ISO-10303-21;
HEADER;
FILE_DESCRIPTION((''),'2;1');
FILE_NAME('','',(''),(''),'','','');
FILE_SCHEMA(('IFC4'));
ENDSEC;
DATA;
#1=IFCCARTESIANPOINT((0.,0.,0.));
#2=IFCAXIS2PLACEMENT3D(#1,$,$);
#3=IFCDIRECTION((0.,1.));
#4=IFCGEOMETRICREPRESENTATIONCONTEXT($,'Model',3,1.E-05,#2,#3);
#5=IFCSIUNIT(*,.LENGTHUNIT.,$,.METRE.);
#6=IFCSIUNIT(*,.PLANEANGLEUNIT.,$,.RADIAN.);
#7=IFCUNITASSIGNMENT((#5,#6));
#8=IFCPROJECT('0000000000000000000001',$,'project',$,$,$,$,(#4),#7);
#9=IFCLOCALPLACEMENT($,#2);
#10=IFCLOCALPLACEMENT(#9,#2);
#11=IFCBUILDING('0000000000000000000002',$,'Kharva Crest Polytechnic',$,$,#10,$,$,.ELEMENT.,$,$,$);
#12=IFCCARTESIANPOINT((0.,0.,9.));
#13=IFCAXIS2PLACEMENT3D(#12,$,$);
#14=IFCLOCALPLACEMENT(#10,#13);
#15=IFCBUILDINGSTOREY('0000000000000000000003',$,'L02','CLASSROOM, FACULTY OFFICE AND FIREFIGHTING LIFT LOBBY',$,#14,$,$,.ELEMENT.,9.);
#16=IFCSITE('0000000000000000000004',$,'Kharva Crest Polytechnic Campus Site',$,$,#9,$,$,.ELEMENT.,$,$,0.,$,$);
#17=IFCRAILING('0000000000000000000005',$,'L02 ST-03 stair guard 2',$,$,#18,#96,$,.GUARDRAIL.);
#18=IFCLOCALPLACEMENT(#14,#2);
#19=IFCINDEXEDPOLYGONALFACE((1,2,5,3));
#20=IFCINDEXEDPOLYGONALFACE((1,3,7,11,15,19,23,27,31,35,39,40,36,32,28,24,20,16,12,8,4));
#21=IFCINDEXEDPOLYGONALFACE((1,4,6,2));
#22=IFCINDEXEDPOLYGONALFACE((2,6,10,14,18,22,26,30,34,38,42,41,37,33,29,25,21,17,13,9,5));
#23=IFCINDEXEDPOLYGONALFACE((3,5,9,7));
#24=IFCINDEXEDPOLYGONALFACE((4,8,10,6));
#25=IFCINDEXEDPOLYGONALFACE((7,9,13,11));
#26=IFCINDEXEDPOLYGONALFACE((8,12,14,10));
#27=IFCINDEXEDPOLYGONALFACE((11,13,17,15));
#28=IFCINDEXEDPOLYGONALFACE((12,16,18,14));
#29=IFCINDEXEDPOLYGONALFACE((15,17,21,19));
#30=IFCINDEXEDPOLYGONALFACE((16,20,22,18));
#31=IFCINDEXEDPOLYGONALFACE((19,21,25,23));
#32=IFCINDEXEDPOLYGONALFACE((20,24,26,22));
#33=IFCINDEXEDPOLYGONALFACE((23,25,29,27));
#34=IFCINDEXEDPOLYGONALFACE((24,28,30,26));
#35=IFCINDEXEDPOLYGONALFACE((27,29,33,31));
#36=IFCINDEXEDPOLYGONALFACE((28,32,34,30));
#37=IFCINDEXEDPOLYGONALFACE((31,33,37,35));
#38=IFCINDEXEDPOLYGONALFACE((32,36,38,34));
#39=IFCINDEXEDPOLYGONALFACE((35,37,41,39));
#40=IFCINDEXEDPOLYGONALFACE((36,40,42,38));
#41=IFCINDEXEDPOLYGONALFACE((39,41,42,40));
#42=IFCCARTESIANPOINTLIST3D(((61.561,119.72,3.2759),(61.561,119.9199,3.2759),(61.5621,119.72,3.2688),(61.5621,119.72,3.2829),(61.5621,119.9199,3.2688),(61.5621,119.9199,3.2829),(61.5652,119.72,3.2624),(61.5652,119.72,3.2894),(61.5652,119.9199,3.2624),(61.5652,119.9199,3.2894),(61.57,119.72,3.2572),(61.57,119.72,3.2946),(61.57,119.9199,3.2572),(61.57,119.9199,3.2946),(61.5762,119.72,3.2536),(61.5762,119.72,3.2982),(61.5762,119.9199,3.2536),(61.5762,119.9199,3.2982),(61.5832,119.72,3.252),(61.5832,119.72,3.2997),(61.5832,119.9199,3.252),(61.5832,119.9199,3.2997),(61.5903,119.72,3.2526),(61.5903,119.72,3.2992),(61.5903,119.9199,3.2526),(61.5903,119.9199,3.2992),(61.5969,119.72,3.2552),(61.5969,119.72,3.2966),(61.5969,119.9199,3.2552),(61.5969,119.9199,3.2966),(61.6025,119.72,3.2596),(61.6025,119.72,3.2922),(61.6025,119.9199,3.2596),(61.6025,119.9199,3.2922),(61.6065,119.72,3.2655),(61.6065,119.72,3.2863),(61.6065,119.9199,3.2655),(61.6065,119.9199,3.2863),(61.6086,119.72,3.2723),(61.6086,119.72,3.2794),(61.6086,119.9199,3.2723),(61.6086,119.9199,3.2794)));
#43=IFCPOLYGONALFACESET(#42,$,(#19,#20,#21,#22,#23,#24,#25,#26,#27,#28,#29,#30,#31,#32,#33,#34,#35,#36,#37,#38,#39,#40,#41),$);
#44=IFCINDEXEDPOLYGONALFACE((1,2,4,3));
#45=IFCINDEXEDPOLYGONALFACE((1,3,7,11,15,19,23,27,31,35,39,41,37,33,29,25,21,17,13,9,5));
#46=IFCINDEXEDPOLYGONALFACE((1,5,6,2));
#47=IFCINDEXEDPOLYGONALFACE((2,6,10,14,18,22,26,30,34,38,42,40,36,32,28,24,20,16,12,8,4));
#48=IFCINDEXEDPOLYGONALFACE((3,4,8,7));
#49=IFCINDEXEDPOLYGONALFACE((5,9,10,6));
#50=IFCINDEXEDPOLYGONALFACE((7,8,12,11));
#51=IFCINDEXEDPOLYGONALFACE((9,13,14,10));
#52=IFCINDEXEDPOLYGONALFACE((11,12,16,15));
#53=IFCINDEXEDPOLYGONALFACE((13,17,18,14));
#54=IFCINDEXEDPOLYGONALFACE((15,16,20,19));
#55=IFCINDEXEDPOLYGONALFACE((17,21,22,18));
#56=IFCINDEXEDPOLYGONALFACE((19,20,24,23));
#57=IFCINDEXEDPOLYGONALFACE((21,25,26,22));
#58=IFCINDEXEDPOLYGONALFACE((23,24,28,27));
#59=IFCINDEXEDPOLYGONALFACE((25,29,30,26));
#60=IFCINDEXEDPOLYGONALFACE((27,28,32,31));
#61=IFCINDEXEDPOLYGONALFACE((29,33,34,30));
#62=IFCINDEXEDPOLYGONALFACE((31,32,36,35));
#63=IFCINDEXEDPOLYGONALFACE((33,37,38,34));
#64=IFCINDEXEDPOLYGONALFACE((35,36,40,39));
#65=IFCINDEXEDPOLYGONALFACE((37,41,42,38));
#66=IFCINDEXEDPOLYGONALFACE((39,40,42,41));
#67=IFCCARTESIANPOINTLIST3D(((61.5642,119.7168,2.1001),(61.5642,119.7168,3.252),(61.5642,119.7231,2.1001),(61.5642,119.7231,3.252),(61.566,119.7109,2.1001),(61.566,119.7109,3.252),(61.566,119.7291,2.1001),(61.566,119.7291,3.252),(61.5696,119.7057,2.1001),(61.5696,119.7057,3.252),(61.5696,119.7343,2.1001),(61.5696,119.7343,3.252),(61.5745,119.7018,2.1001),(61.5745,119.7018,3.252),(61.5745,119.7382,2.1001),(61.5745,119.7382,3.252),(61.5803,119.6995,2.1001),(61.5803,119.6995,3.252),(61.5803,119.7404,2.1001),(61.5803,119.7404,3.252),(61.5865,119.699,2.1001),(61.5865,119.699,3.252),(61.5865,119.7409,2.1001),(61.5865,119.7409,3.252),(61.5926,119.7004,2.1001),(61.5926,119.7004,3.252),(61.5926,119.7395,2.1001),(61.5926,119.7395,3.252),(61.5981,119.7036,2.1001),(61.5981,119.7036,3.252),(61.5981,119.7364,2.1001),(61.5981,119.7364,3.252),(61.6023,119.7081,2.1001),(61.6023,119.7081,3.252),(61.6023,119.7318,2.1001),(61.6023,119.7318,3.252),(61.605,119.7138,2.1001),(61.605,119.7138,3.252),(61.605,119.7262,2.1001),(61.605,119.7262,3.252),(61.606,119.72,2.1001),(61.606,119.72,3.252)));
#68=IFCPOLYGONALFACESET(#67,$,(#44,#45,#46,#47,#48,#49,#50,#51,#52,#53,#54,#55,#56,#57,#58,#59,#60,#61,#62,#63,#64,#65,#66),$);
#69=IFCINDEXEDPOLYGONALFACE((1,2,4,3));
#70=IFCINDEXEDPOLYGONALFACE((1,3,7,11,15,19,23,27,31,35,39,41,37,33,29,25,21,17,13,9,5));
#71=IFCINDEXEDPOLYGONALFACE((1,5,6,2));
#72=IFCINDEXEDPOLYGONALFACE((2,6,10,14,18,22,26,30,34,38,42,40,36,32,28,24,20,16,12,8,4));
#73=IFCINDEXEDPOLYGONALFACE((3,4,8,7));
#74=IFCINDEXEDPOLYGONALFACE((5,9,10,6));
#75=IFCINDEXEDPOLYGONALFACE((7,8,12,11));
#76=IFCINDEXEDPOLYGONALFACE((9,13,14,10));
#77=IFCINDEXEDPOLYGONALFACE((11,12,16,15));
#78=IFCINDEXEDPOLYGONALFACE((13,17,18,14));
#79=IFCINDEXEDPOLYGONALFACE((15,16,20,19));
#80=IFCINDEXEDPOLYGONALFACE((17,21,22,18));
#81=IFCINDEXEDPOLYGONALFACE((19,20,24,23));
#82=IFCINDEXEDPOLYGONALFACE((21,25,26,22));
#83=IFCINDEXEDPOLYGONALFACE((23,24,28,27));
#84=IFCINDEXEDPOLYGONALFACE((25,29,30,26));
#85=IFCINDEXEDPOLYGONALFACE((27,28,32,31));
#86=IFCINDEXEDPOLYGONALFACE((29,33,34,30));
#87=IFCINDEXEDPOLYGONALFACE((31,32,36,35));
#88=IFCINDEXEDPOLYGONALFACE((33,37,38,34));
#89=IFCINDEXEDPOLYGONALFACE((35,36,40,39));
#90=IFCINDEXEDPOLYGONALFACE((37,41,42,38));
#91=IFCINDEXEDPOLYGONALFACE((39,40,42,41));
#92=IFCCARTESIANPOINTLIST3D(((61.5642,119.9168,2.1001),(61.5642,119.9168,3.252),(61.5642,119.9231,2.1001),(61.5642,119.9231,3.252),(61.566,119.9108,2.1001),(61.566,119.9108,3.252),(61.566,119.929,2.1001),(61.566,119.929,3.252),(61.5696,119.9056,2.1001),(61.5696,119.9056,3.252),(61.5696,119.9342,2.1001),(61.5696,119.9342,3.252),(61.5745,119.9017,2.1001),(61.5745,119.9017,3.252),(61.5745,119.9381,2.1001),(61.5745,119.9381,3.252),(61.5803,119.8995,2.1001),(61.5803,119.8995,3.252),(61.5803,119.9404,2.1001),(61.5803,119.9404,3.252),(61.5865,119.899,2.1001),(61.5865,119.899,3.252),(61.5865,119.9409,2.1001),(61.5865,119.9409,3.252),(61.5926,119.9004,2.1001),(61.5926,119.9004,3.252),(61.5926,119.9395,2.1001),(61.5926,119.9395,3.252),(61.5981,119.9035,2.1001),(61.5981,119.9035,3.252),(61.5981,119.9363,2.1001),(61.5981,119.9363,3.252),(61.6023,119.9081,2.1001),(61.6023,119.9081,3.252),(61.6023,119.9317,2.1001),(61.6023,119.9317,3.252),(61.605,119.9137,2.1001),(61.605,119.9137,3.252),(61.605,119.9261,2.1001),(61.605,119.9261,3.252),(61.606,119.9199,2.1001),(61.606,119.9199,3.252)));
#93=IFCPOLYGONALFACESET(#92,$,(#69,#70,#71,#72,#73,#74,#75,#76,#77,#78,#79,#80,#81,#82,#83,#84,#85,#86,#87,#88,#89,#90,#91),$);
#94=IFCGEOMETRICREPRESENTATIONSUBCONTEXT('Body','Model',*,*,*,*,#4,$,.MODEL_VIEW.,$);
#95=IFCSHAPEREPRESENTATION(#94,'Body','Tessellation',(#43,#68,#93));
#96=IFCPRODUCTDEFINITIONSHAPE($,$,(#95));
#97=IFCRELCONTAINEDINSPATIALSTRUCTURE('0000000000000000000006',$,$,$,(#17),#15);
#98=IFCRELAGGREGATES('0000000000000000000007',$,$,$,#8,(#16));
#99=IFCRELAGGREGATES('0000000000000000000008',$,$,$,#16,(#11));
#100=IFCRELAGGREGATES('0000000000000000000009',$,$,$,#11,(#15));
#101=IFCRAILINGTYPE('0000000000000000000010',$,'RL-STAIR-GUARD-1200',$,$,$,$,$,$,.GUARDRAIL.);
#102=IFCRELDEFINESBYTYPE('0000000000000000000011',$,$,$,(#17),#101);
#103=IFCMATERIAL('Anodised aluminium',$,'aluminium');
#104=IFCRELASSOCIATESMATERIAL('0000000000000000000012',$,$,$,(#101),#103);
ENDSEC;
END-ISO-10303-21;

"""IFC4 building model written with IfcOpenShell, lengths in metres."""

from ifc_helpers import new_model, si_unit, direction, frame, origin, origin_2d, place, context, subcontext, project, spatial, circle, extrude, material, type_object, element, save


model = new_model("IFC4")

# Units and contexts
model_context = context("Model", 3, precision=1e-05, world=origin(), true_north=direction((0.0, 1.0)))
body_context = subcontext(model_context, "Body", "Model", "MODEL_VIEW")
ifc_project = project(units=[si_unit("LENGTHUNIT", "METRE"), si_unit("PLANEANGLEUNIT", "RADIAN")], contexts=[model_context])

# Site, building, storey
site_placement = place(None, origin())
site = spatial("IfcSite", under=ifc_project, at=site_placement, Name="Kharva Crest Polytechnic Campus Site", CompositionType="ELEMENT", RefElevation=0.0)
building_placement = place(site_placement, origin())
building = spatial("IfcBuilding", under=site, at=building_placement, Name="Kharva Crest Polytechnic", CompositionType="ELEMENT")
storey_placement = place(building_placement, frame((0.0, 0.0, 9.0)))
storey = spatial("IfcBuildingStorey", under=building, at=storey_placement, Name="L02", Description="CLASSROOM, FACULTY OFFICE AND FIREFIGHTING LIFT LOBBY", CompositionType="ELEMENT", Elevation=9.0)

# Shared definitions
ifc_material_1 = material(Name="Anodised aluminium", Category="aluminium")

# Railing
railing_type_1 = type_object("IfcRailingType", Name="RL-STAIR-GUARD-1200", PredefinedType="GUARDRAIL", material=ifc_material_1)
railing_1_placement = place(storey_placement, frame((61.585, 119.72, 2.1001)))
element("IfcRailing", 1, at=railing_1_placement, inside=storey, type_object=railing_type_1, Name="L02 ST-03 stair guard 2", PredefinedType="GUARDRAIL", context=body_context, shape_type="SweptSolid", body=[
    extrude(circle(Radius=0.0239, at=origin_2d()), frame((0.0, 0.0, 1.1758), z_axis=(0.0, 1.0, 0.0), x_axis=(-1.0, 0.0, 0.0)), (0.0, 0.0, 1.0), 0.2),
    extrude(circle(Radius=0.021, at=origin_2d()), origin(), (0.0, 0.0, 1.0), 1.1519),
    extrude(circle(Radius=0.021, at=origin_2d()), frame((0.0, 0.2, 0.0)), (0.0, 0.0, 1.0), 1.1519),
])

save(model, "model.ifc")
